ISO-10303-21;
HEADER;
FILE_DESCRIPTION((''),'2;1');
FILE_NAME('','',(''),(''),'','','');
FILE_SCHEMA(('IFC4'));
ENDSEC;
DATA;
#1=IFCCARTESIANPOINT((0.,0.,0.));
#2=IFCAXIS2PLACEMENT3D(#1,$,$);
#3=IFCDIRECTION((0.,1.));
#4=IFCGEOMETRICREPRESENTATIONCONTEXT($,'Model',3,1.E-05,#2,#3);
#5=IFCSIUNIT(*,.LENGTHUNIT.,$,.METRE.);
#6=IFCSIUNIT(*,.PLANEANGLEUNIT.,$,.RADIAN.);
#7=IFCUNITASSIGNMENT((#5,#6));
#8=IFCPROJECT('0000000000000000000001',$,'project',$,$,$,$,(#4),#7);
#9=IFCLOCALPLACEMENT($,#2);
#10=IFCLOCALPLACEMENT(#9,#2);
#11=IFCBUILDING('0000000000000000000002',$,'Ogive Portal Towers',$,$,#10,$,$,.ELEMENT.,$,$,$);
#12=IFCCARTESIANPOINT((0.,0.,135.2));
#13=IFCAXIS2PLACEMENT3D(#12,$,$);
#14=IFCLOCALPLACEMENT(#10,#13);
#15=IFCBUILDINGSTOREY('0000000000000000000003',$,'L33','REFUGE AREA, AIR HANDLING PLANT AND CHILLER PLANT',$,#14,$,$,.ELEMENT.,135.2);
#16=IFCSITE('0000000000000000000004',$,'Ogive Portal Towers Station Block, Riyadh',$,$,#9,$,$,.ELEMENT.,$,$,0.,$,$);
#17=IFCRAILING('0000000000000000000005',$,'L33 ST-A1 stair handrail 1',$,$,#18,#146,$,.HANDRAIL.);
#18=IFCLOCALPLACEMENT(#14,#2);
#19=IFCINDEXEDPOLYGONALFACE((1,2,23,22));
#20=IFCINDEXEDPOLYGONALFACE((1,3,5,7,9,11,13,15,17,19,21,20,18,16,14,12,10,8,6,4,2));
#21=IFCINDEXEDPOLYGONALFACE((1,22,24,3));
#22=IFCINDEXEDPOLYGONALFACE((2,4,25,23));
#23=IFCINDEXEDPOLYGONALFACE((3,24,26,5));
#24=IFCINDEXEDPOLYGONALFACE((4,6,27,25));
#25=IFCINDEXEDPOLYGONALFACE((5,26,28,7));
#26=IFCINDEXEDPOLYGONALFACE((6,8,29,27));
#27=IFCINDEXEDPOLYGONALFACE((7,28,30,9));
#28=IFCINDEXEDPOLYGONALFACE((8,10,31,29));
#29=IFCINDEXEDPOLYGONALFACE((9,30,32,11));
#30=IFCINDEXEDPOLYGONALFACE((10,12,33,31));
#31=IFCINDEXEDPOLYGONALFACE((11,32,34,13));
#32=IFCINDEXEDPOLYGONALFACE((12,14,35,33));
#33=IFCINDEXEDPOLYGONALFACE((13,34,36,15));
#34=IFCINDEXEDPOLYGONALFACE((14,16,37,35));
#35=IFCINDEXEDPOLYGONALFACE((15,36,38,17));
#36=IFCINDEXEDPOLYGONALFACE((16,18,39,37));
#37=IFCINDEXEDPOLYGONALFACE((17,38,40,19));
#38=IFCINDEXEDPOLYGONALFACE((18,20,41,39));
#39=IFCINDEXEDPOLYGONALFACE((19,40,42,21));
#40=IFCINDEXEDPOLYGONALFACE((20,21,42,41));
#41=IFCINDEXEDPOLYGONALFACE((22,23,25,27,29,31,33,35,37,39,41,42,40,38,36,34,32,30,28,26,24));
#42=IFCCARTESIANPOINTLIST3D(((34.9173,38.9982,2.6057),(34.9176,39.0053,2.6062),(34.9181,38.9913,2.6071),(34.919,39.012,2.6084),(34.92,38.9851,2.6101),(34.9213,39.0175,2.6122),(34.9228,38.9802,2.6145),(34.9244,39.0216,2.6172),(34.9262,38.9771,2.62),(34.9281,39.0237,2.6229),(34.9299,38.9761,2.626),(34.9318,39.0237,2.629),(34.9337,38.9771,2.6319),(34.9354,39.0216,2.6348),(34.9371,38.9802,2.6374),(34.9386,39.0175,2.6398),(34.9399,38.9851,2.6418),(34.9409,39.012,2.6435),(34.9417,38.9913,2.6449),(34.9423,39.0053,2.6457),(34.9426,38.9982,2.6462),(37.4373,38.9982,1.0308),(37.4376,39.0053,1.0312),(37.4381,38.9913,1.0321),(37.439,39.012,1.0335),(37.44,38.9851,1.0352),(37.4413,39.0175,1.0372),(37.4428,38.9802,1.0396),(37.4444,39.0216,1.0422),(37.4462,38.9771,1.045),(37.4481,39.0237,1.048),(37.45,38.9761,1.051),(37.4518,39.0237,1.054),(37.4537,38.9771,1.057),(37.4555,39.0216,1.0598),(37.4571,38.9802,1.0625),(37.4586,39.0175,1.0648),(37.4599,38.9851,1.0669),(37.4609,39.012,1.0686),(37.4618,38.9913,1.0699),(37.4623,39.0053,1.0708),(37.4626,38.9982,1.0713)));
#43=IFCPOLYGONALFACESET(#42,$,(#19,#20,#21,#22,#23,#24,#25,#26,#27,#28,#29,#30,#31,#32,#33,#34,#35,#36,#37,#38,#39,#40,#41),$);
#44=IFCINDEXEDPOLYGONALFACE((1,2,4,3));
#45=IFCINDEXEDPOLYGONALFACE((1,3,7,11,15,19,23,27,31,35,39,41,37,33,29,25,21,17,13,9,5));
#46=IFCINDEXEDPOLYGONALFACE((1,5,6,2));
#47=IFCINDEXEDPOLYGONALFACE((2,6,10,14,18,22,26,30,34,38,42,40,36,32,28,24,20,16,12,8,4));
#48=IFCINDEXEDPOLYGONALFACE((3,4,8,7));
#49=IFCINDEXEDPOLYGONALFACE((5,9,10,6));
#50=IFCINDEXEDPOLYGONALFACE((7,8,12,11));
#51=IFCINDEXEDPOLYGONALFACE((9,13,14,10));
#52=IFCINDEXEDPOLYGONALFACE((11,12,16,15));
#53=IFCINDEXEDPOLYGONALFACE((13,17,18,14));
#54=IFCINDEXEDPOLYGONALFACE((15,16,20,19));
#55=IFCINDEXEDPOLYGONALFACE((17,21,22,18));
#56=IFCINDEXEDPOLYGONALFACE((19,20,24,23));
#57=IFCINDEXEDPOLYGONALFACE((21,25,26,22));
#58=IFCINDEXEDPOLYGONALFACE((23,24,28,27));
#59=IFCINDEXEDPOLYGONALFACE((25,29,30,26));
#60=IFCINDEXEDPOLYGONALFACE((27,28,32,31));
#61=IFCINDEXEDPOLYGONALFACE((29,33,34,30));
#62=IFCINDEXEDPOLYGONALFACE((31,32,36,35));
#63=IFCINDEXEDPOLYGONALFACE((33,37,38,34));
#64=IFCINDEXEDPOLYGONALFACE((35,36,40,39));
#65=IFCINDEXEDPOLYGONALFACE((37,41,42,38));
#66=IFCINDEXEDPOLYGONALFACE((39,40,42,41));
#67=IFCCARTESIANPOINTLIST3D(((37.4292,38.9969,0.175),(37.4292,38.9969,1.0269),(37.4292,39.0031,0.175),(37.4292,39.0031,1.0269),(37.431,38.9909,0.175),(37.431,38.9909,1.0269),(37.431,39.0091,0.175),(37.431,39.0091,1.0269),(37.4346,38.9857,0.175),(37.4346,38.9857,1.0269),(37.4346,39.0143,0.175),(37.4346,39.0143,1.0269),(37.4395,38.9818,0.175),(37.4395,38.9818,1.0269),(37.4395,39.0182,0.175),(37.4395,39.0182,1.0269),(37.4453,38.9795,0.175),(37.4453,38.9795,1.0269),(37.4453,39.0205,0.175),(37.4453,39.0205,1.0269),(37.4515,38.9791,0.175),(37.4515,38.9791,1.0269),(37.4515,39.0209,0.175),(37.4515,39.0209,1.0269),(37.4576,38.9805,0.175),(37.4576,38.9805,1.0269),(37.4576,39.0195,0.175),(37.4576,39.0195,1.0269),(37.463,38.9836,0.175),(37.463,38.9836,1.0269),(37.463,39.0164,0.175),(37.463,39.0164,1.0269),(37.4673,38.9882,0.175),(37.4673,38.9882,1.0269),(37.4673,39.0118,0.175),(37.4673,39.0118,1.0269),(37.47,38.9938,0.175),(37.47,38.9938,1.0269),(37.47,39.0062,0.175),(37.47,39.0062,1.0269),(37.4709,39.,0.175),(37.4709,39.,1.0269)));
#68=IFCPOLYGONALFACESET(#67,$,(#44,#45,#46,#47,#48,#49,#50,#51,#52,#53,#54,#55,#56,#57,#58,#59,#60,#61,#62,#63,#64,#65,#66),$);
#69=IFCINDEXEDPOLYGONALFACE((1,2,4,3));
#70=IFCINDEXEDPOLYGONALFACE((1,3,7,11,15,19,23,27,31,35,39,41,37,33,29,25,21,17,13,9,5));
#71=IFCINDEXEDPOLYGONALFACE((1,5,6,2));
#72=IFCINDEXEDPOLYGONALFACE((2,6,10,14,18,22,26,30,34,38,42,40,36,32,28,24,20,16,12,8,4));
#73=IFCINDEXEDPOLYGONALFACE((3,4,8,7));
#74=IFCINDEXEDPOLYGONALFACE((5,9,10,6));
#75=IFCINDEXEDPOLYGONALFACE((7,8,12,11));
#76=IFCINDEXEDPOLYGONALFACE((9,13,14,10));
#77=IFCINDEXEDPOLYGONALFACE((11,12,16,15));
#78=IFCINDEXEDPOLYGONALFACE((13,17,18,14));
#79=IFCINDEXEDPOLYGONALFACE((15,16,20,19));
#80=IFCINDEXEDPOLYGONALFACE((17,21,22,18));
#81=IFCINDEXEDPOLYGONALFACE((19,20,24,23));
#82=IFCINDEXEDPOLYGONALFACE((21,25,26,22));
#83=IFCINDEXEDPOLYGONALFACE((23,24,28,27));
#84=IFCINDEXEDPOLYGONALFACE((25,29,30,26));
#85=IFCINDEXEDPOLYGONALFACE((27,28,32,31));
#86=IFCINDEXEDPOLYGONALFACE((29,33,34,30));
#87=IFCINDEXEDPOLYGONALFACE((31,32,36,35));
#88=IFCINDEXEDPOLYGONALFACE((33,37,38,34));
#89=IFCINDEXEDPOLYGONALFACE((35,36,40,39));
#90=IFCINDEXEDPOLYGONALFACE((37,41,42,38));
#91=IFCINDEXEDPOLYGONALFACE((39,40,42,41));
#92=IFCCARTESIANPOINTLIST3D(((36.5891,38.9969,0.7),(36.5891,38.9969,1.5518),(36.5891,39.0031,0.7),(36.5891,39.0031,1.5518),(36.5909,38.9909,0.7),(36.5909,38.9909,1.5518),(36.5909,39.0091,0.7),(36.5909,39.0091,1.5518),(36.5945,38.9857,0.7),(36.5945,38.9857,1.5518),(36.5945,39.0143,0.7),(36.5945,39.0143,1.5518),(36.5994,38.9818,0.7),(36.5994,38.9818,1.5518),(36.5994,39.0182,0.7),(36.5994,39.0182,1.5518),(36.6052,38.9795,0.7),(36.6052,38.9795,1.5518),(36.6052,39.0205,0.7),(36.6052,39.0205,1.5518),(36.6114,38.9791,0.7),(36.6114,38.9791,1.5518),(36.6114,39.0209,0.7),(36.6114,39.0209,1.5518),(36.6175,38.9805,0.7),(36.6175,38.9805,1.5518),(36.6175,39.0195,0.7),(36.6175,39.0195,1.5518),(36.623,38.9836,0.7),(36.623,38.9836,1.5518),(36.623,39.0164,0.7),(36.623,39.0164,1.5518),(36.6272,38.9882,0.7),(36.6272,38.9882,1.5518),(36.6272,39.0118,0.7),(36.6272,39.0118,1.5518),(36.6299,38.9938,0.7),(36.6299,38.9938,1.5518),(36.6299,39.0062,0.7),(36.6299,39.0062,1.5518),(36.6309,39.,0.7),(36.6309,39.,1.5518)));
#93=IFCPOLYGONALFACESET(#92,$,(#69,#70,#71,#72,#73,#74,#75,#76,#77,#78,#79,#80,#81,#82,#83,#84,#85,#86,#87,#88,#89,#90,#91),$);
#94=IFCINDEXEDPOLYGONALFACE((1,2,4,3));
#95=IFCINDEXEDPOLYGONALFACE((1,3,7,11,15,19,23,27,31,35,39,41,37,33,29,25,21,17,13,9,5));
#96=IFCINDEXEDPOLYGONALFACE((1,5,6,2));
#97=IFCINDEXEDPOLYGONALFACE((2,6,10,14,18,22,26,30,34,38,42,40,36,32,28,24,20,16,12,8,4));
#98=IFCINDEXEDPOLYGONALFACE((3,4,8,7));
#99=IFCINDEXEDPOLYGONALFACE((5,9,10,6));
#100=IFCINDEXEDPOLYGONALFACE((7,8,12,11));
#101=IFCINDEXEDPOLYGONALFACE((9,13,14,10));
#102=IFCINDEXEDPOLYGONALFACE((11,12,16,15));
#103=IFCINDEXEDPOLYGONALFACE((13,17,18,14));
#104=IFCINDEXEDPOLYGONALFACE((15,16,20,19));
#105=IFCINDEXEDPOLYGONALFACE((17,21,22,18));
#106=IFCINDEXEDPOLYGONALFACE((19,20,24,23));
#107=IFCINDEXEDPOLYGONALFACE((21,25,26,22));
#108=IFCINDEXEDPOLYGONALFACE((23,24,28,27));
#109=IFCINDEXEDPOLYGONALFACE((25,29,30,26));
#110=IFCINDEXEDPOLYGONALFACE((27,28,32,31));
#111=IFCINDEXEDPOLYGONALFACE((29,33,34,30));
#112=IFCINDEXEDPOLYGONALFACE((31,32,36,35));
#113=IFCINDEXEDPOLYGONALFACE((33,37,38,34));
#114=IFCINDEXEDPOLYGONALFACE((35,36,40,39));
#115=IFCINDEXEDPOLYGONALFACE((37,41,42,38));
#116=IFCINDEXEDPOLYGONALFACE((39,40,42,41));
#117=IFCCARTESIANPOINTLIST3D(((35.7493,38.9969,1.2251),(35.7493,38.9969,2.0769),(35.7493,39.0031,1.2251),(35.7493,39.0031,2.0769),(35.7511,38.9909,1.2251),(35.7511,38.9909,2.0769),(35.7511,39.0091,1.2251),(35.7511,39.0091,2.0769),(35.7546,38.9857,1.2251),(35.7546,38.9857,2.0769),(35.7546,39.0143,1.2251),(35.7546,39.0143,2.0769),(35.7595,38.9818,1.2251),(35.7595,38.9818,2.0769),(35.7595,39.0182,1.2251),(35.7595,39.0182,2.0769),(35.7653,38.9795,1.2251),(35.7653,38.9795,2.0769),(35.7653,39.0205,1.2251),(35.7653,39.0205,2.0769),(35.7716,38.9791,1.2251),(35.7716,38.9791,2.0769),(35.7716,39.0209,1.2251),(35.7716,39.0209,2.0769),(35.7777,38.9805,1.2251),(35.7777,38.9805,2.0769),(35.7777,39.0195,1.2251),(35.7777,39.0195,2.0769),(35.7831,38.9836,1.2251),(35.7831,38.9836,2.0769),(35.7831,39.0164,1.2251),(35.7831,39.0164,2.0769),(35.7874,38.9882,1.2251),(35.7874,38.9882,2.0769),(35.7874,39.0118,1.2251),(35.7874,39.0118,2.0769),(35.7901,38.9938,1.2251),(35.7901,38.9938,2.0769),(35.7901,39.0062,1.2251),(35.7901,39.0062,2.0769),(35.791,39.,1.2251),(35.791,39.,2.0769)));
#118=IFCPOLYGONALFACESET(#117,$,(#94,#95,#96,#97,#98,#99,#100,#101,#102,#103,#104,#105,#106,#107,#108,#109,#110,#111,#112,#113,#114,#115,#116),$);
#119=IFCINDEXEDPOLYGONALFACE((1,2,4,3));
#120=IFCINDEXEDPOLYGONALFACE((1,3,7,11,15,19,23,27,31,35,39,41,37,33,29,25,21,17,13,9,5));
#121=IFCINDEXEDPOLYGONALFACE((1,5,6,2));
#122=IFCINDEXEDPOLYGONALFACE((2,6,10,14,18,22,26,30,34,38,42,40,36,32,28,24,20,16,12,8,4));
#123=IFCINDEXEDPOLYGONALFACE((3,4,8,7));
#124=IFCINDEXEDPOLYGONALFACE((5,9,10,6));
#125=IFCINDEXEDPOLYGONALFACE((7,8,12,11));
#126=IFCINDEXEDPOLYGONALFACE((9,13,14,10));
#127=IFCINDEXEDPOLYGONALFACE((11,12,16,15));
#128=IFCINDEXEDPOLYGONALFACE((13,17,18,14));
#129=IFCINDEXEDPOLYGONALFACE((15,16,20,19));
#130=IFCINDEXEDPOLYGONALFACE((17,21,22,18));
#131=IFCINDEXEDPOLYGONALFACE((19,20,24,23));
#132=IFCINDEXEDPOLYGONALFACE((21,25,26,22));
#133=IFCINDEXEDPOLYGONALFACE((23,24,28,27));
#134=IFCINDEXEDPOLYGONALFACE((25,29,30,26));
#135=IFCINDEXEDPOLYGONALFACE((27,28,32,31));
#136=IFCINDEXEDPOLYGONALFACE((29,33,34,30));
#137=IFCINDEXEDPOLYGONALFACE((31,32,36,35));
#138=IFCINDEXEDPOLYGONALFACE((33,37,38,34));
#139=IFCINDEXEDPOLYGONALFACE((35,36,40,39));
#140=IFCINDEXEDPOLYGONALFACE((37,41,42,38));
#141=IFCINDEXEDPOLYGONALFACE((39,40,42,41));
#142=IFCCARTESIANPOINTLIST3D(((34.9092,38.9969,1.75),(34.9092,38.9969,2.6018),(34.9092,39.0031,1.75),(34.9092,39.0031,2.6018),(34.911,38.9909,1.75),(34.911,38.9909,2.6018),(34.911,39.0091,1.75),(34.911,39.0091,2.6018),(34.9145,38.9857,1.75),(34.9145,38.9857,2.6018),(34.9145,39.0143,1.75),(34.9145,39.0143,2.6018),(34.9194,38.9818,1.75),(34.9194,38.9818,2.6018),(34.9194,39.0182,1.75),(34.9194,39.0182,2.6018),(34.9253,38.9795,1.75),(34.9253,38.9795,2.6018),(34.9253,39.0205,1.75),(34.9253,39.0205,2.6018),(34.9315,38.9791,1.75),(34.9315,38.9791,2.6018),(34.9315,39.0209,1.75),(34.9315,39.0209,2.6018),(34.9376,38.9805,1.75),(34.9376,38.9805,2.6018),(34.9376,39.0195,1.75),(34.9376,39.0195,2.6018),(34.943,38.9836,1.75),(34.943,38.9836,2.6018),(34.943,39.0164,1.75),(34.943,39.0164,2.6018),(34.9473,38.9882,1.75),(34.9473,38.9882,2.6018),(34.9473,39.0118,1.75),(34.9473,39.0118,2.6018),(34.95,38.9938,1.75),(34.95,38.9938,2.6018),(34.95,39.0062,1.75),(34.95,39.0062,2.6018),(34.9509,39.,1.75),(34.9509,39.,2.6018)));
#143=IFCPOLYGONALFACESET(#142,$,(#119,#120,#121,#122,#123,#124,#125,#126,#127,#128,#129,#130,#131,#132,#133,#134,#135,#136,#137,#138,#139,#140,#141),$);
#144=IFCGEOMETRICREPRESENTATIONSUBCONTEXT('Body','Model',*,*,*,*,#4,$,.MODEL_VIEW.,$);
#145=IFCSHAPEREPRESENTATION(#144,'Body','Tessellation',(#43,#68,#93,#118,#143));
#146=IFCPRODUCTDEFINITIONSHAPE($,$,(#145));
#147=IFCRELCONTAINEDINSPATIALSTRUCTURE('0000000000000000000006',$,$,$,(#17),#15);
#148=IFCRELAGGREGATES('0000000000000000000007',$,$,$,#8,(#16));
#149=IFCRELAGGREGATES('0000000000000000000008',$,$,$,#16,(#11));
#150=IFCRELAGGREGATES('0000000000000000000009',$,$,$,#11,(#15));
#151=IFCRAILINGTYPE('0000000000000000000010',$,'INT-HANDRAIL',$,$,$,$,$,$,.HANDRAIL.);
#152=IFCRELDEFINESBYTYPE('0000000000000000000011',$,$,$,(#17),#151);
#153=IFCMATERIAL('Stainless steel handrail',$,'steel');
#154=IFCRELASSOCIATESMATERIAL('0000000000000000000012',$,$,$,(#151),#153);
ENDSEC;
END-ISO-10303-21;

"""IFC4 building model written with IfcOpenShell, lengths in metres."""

from ifc_helpers import new_model, si_unit, direction, frame, origin, origin_2d, place, context, subcontext, project, spatial, circle, extrude, material, type_object, element, save


model = new_model("IFC4")

# Units and contexts
model_context = context("Model", 3, precision=1e-05, world=origin(), true_north=direction((0.0, 1.0)))
body_context = subcontext(model_context, "Body", "Model", "MODEL_VIEW")
ifc_project = project(units=[si_unit("LENGTHUNIT", "METRE"), si_unit("PLANEANGLEUNIT", "RADIAN")], contexts=[model_context])

# Site, building, storey
site_placement = place(None, origin())
site = spatial("IfcSite", under=ifc_project, at=site_placement, Name="Ogive Portal Towers Station Block, Riyadh", CompositionType="ELEMENT", RefElevation=0.0)
building_placement = place(site_placement, origin())
building = spatial("IfcBuilding", under=site, at=building_placement, Name="Ogive Portal Towers", CompositionType="ELEMENT")
storey_placement = place(building_placement, frame((0.0, 0.0, 135.2)))
storey = spatial("IfcBuildingStorey", under=building, at=storey_placement, Name="L33", Description="REFUGE AREA, AIR HANDLING PLANT AND CHILLER PLANT", CompositionType="ELEMENT", Elevation=135.2)

# Railing
ifc_material_1 = material(Name="Stainless steel handrail", Category="steel")
railing_type_1 = type_object("IfcRailingType", Name="INT-HANDRAIL", PredefinedType="HANDRAIL", material=ifc_material_1)
for number, where, name in (
    (1, (37.45, 39.0, 0.175), "L33 ST-A1 stair handrail 1"),
):
    element("IfcRailing", number, at=place(storey_placement, frame(where)), inside=storey, type_object=railing_type_1, Name=name, PredefinedType="HANDRAIL", context=body_context, shape_type="SweptSolid", body=[
        extrude(circle(Radius=0.0239, at=origin_2d()), frame((0.0, 0.0, 0.876), z_axis=(-0.848008, 0.0, 0.529984), x_axis=(0.0, -1.0, 0.0)), (0.0, 0.0, 1.0), 2.9717),
        extrude(circle(Radius=0.021, at=origin_2d()), origin(), (0.0, 0.0, 1.0), 0.8518),
        extrude(circle(Radius=0.021, at=origin_2d()), frame((-0.8401, 0.0, 0.5249)), (0.0, 0.0, 1.0), 0.8518),
        extrude(circle(Radius=0.021, at=origin_2d()), frame((-1.6799, 0.0, 1.05)), (0.0, 0.0, 1.0), 0.8518),
        extrude(circle(Radius=0.021, at=origin_2d()), frame((-2.52, 0.0, 1.575)), (0.0, 0.0, 1.0), 0.8518),
    ])

save(model, "model.ifc")
